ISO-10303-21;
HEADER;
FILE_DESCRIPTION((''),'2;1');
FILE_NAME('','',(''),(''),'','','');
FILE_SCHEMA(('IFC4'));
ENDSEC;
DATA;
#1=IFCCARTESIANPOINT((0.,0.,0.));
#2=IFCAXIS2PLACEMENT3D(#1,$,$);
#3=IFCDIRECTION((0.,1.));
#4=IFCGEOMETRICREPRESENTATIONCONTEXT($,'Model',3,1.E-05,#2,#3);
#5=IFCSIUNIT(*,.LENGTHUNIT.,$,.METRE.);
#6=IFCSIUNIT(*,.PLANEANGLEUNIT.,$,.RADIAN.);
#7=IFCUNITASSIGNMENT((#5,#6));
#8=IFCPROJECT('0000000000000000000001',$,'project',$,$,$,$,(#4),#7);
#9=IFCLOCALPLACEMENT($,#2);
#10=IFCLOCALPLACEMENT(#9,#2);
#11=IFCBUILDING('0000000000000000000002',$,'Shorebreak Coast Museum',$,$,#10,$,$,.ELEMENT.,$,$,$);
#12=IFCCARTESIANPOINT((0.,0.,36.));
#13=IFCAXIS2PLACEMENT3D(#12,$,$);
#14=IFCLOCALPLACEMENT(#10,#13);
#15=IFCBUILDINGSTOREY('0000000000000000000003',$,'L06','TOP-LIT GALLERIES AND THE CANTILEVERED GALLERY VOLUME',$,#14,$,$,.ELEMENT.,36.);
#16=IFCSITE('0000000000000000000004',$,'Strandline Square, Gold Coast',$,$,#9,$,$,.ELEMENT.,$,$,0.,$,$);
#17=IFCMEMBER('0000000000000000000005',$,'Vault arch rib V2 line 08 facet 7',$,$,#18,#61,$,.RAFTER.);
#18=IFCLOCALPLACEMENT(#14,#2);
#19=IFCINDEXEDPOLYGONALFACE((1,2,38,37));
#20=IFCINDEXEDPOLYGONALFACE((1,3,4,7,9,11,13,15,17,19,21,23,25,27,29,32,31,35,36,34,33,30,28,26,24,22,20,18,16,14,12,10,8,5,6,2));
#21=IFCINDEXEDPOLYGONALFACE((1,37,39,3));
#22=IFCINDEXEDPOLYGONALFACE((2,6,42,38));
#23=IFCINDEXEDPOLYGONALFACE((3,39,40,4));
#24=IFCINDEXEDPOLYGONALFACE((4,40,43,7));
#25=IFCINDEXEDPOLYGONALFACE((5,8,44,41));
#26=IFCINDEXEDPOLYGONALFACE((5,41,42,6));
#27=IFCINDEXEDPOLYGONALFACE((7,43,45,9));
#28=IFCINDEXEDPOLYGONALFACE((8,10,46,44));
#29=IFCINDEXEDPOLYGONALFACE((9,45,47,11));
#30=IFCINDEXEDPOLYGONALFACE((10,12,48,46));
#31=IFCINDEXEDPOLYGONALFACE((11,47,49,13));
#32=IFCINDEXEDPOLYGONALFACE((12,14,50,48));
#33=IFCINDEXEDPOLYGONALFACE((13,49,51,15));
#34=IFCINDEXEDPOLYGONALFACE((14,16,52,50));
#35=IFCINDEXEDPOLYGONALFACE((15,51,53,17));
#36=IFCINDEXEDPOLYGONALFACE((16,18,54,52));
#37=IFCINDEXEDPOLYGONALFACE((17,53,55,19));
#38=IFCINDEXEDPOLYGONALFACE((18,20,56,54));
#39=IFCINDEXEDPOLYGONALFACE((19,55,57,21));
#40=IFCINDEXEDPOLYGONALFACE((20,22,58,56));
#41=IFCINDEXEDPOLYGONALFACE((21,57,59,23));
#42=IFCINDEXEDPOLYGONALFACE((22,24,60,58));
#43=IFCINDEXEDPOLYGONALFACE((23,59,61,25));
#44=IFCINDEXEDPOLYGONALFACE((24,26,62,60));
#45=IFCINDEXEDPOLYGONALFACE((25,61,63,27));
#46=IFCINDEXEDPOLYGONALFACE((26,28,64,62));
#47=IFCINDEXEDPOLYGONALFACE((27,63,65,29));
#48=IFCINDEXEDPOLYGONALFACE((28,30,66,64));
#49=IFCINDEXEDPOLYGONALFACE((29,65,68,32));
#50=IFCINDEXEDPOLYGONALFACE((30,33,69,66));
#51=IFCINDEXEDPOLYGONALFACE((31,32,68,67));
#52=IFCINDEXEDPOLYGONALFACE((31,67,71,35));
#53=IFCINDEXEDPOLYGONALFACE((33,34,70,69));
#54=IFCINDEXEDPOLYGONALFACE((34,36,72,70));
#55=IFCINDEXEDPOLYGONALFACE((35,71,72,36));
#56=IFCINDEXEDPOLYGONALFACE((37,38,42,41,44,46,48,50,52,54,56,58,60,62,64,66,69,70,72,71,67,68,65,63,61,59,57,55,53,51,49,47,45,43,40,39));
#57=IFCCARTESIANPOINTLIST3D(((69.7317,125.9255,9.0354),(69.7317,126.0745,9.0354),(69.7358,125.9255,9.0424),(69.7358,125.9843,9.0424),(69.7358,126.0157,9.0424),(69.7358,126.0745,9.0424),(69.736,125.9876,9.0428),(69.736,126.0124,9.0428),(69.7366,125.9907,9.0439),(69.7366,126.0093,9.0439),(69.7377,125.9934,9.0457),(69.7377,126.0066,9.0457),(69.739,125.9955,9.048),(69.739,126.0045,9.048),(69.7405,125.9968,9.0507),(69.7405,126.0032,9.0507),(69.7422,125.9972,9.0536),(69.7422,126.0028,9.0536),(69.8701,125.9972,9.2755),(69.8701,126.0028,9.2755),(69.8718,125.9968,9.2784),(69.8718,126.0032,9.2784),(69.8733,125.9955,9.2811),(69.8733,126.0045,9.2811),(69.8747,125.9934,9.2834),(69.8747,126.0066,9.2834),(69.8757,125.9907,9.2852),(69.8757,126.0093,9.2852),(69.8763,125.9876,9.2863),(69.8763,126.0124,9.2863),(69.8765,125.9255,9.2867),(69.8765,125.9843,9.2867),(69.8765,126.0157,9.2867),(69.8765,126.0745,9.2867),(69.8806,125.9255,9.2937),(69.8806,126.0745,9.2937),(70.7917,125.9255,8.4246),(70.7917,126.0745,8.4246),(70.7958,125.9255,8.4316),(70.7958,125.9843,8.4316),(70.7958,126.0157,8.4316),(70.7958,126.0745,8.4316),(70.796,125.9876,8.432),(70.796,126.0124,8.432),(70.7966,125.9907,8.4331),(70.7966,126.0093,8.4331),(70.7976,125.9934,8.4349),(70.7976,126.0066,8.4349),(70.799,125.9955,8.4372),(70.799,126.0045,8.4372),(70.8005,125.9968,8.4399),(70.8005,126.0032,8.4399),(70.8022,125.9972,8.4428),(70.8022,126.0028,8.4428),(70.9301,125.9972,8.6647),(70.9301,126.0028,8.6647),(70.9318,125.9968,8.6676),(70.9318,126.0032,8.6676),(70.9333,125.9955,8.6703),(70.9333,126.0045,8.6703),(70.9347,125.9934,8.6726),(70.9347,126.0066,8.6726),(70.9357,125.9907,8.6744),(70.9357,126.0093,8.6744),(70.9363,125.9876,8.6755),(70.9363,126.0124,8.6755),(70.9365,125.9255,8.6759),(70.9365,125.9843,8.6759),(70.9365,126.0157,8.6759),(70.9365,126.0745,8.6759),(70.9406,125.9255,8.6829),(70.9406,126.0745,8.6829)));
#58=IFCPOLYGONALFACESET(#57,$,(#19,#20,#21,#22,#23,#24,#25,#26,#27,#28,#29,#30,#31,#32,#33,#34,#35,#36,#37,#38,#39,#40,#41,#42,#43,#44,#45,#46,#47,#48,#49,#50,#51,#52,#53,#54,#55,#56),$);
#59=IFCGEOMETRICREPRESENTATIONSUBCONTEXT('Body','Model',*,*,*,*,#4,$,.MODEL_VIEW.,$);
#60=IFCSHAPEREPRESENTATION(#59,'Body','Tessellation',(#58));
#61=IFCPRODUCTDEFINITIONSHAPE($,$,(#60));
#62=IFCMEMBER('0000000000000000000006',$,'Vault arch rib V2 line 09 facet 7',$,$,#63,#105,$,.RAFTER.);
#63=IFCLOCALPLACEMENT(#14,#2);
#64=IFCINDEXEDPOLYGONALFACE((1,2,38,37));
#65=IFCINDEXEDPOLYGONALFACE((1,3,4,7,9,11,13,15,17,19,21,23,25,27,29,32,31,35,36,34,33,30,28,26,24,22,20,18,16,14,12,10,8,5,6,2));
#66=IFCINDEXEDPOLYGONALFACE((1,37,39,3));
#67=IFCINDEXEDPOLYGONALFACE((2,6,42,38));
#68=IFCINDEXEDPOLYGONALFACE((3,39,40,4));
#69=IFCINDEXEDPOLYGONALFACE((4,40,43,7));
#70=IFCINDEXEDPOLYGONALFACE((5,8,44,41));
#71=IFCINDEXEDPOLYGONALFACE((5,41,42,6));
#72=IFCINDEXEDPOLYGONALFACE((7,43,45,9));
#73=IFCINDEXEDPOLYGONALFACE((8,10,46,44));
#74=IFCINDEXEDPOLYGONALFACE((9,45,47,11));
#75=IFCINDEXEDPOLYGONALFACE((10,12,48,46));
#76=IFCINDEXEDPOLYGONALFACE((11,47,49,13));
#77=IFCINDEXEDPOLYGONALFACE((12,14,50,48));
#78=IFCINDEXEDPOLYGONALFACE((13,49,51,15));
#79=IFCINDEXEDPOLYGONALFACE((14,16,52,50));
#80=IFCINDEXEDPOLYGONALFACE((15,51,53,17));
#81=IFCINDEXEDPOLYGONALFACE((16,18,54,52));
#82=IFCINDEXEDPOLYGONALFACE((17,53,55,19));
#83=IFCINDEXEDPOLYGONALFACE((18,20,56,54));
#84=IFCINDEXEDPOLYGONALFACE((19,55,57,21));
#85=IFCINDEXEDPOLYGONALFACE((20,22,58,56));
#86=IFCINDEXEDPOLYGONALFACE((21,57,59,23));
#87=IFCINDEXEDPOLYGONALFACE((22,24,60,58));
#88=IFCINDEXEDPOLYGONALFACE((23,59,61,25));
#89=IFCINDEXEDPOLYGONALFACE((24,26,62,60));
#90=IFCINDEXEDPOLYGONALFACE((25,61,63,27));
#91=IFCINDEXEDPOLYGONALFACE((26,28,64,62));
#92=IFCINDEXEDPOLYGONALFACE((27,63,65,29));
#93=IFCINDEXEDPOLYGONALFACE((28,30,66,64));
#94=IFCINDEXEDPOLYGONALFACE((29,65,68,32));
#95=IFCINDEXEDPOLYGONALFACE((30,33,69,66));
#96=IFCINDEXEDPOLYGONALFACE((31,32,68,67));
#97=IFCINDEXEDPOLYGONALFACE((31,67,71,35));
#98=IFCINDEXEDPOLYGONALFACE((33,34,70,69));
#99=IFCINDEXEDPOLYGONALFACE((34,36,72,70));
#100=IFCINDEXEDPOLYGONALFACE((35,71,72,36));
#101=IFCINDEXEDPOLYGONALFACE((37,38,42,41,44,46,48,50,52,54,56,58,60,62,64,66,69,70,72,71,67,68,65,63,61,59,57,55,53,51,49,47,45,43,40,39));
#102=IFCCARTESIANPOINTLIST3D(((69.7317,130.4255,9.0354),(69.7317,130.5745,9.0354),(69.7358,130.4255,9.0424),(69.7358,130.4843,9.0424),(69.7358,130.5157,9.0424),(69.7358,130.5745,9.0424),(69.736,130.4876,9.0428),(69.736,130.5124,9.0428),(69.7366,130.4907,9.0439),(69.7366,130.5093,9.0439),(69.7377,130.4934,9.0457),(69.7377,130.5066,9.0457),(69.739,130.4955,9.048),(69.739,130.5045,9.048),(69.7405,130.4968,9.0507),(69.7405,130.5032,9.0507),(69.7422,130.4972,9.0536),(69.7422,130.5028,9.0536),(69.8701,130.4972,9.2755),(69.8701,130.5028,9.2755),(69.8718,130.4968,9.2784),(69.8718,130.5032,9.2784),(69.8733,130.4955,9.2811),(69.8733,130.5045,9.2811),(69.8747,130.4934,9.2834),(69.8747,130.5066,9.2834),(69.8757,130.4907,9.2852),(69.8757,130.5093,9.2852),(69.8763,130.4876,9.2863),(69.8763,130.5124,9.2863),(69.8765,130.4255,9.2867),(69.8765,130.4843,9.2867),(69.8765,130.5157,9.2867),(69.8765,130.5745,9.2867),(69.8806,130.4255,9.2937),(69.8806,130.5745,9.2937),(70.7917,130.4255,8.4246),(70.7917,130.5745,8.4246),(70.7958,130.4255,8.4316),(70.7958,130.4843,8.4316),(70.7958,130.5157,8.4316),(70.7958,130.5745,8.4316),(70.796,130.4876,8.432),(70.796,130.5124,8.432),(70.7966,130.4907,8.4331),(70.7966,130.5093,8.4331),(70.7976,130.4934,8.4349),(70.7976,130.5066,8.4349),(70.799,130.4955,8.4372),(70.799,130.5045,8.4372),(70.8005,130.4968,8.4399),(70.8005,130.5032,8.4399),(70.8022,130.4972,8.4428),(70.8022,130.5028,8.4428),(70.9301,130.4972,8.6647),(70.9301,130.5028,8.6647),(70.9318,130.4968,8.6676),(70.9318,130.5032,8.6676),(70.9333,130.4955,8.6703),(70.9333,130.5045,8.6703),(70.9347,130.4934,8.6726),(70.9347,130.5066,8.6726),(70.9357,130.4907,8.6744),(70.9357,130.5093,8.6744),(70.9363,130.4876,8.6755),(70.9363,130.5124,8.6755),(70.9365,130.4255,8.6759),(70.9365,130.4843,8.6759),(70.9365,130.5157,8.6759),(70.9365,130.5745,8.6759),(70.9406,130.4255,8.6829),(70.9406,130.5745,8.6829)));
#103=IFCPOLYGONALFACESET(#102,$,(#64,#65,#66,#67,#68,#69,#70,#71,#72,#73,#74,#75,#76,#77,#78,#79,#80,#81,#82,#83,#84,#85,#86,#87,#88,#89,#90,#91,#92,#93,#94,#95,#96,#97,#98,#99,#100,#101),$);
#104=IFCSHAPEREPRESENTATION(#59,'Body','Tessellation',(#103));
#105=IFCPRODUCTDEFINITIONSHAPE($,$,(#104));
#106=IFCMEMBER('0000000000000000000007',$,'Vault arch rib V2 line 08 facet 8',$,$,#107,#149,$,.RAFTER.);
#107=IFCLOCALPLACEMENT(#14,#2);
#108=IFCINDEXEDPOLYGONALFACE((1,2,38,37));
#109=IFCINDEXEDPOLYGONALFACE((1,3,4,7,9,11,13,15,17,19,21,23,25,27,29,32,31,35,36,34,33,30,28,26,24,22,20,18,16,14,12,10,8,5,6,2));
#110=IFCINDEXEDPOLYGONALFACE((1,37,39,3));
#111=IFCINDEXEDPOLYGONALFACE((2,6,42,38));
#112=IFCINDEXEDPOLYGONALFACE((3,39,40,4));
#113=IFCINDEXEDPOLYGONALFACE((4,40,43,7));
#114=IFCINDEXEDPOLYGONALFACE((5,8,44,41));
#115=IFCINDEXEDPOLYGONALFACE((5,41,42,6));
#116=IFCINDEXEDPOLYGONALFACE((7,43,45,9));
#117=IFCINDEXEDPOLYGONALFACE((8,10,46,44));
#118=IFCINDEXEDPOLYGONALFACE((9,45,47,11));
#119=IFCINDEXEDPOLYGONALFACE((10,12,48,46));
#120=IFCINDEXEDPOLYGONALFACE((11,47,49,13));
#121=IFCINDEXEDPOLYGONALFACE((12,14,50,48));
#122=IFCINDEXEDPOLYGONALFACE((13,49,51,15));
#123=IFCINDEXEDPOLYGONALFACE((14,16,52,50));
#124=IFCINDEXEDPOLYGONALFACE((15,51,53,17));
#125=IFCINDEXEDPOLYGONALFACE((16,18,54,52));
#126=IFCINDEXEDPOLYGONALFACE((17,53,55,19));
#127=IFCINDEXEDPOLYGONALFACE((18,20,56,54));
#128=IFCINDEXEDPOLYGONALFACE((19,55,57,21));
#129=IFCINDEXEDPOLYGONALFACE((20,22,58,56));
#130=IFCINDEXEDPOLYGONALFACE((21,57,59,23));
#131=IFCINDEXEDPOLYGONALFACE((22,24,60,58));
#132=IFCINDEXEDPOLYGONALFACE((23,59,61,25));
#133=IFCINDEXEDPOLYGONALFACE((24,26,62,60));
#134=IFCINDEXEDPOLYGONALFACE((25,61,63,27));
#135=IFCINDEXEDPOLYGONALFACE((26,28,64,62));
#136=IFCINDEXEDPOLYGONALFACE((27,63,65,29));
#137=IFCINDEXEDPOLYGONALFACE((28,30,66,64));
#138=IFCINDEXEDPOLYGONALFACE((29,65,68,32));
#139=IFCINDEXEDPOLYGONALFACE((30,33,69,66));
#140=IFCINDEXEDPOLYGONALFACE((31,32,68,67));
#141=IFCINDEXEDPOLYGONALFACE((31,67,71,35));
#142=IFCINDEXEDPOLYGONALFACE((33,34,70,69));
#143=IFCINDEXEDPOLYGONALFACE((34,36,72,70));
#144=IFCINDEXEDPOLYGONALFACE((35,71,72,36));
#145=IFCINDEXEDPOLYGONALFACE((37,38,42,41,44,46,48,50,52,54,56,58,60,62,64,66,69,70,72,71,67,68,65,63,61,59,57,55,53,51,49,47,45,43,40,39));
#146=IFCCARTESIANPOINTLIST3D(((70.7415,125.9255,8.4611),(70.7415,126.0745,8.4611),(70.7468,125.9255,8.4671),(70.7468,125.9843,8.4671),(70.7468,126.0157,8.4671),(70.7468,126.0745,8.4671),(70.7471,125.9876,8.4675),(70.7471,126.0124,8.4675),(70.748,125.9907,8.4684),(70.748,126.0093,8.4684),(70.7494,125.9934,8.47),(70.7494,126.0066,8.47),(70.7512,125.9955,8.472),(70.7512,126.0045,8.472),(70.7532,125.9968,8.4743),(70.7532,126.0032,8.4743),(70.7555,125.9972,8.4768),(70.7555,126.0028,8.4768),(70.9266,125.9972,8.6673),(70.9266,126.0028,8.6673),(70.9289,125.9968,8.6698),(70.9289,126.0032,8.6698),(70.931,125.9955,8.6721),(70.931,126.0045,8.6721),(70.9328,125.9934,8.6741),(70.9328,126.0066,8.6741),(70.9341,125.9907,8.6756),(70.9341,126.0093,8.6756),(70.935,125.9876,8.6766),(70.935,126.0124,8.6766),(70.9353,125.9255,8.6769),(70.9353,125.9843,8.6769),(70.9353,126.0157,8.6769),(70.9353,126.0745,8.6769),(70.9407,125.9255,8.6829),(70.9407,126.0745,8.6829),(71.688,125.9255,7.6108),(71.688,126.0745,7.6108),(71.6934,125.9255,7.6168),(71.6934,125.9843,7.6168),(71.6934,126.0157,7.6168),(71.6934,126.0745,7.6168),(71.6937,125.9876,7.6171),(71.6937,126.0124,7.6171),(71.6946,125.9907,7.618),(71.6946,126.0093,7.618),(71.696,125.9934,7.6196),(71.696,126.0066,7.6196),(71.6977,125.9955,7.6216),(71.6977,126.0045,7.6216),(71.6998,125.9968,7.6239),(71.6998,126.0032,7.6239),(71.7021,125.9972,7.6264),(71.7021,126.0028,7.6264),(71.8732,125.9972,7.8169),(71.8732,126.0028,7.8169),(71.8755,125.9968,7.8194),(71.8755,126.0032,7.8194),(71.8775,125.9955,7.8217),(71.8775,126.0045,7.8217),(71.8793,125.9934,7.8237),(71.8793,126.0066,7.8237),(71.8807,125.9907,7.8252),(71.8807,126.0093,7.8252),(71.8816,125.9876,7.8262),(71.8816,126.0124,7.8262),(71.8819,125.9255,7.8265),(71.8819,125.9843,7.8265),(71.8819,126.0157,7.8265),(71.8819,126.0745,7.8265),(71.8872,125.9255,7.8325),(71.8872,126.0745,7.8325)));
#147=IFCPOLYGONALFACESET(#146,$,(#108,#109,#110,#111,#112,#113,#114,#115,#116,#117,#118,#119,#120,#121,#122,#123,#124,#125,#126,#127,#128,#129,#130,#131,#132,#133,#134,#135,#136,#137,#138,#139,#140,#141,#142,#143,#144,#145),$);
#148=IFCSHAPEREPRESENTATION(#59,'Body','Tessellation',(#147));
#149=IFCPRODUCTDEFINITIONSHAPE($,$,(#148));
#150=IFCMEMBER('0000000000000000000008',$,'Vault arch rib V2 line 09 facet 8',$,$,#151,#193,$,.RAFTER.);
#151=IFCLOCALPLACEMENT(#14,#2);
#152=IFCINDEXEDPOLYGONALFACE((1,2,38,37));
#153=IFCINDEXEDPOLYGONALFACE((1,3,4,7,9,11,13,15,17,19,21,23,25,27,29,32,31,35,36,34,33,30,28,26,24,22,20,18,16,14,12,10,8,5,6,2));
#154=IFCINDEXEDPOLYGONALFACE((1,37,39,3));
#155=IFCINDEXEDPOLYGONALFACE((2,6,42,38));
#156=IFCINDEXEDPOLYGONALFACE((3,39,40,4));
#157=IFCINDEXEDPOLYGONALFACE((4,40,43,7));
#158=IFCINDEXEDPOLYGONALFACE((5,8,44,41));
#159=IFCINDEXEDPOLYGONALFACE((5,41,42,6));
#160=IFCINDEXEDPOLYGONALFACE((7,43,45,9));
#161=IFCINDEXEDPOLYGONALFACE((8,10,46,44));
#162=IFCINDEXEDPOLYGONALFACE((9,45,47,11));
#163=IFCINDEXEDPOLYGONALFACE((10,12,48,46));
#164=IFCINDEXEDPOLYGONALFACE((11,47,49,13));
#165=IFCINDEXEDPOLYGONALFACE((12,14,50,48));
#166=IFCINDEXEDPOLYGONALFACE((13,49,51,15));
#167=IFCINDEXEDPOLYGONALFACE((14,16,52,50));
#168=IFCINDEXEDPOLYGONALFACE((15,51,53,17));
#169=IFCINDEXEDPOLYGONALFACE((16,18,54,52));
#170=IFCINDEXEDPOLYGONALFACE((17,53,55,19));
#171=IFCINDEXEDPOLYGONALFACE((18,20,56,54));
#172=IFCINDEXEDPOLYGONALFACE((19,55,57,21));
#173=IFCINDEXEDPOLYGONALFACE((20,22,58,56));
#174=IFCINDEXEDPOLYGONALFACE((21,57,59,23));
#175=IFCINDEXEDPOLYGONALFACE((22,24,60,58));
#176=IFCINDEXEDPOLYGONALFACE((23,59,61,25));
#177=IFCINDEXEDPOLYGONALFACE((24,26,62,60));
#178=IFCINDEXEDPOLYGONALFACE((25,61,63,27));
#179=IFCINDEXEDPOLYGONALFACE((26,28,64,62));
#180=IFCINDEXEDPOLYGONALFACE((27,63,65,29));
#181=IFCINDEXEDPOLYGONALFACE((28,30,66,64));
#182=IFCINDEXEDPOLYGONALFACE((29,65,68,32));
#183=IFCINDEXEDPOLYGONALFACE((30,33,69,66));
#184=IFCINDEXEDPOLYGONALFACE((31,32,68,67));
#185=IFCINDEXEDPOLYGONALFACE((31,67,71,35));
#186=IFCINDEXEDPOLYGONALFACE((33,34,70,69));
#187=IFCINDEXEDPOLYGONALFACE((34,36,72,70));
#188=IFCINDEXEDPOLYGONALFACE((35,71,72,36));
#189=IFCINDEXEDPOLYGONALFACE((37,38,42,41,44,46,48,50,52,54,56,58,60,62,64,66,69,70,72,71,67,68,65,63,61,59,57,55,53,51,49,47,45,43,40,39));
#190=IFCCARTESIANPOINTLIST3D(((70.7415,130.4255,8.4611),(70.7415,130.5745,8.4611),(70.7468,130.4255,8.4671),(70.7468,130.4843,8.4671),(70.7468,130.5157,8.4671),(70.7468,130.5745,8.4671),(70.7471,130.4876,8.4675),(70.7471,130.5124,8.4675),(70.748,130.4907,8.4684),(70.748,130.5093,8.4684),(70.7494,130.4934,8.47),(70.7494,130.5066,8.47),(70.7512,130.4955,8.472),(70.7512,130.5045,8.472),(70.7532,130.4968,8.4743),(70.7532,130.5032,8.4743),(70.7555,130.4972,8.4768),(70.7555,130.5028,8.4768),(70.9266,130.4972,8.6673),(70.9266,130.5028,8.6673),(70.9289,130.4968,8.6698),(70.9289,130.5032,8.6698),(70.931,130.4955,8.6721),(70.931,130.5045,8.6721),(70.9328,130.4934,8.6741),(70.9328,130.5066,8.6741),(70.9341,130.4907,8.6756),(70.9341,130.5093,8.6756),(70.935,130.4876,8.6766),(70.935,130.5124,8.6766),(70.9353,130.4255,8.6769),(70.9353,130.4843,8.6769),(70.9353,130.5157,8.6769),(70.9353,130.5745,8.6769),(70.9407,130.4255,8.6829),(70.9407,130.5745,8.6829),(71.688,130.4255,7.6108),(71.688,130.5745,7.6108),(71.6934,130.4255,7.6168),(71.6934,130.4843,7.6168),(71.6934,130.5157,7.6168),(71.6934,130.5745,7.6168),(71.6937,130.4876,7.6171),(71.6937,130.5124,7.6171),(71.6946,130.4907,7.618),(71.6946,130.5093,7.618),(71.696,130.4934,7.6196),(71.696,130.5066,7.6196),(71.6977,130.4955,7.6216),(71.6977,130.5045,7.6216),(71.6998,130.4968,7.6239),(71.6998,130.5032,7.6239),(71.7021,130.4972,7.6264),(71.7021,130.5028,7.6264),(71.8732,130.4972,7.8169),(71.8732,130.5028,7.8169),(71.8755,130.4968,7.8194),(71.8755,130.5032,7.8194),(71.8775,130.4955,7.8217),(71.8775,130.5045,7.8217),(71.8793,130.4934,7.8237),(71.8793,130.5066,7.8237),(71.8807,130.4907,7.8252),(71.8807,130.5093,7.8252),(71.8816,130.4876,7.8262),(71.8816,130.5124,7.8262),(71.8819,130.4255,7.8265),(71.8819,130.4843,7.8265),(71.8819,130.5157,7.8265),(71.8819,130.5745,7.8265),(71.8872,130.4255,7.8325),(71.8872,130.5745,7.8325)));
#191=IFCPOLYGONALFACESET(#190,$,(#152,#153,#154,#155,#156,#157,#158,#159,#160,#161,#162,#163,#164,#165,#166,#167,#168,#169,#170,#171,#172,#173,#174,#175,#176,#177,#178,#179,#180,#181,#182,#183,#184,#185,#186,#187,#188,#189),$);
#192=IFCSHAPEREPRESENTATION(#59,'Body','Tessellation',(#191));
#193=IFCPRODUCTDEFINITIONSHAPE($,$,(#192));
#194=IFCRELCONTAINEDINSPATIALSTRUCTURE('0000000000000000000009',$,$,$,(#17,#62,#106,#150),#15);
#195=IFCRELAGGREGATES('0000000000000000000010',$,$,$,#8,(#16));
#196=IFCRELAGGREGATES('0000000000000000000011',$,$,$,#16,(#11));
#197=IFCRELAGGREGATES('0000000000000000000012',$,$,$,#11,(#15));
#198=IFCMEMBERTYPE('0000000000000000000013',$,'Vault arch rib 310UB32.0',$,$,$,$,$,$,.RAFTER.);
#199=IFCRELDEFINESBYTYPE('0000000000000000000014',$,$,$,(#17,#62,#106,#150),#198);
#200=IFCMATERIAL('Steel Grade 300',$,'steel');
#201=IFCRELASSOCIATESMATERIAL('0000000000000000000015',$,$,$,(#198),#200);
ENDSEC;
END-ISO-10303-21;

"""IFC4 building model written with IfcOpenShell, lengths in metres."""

from ifc_helpers import new_model, si_unit, direction, frame, origin, origin_2d, place, context, subcontext, project, spatial, i_section, extrude, material, material_profile, profile_set, type_object, element, save


model = new_model("IFC4")

# Units and contexts
model_context = context("Model", 3, precision=1e-05, world=origin(), true_north=direction((0.0, 1.0)))
body_context = subcontext(model_context, "Body", "Model", "MODEL_VIEW")
ifc_project = project(units=[si_unit("LENGTHUNIT", "METRE"), si_unit("PLANEANGLEUNIT", "RADIAN")], contexts=[model_context])

# Site, building, storey
site_placement = place(None, origin())
site = spatial("IfcSite", under=ifc_project, at=site_placement, Name="Strandline Square, Gold Coast", CompositionType="ELEMENT", RefElevation=0.0)
building_placement = place(site_placement, origin())
building = spatial("IfcBuilding", under=site, at=building_placement, Name="Shorebreak Coast Museum", CompositionType="ELEMENT")
storey_placement = place(building_placement, frame((0.0, 0.0, 36.0)))
storey = spatial("IfcBuildingStorey", under=building, at=storey_placement, Name="L06", Description="TOP-LIT GALLERIES AND THE CANTILEVERED GALLERY VOLUME", CompositionType="ELEMENT", Elevation=36.0)

# Members
ifc_material_1 = material(Name="Steel Grade 300", Category="steel")
ifc_material_profile_1 = material_profile(ifc_material_1, i_section(OverallWidth=0.1489, OverallDepth=0.2981, WebThickness=0.0056, FlangeThickness=0.0081, FilletRadius=0.0129, at=origin_2d()), Name="310UB32.0")
ifc_profile_set_1 = profile_set([ifc_material_profile_1], Name="Steel Grade 300")
member_type_1 = type_object("IfcMemberType", Name="Vault arch rib 310UB32.0", PredefinedType="RAFTER", material=ifc_profile_set_1)
for number, where, z_axis, x_axis, name in (
    (1, (69.8062, 126.0, 9.1646), (0.866445, 0.0, -0.499273), (0.0, 1.0, 0.0), "Vault arch rib V2 line 08 facet 7"),
    (2, (69.8062, 130.5, 9.1646), (0.866445, 0.0, -0.499273), (0.0, 1.0, 0.0), "Vault arch rib V2 line 09 facet 7"),
):
    element("IfcMember", number, at=place(storey_placement, frame(where, z_axis=z_axis, x_axis=x_axis)), inside=storey, type_object=member_type_1, Name=name, PredefinedType="RAFTER", context=body_context, shape_type="SweptSolid", body=[
        extrude(i_section(OverallWidth=0.1489, OverallDepth=0.2981, WebThickness=0.0056, FlangeThickness=0.0081, FilletRadius=0.0129, at=origin_2d()), origin(), (0.0, 0.0, 1.0), 1.2234),
    ])
for number, where, z_axis, x_axis, name in (
    (3, (70.8411, 126.0, 8.572), (0.743895, 0.0, -0.668297), (0.0, 1.0, 0.0), "Vault arch rib V2 line 08 facet 8"),
    (4, (70.8411, 130.5, 8.572), (0.743895, 0.0, -0.668297), (0.0, 1.0, 0.0), "Vault arch rib V2 line 09 facet 8"),
):
    element("IfcMember", number, at=place(storey_placement, frame(where, z_axis=z_axis, x_axis=x_axis)), inside=storey, type_object=member_type_1, Name=name, PredefinedType="RAFTER", context=body_context, shape_type="SweptSolid", body=[
        extrude(i_section(OverallWidth=0.1489, OverallDepth=0.2981, WebThickness=0.0056, FlangeThickness=0.0081, FilletRadius=0.0129, at=origin_2d()), origin(), (0.0, 0.0, 1.0), 1.2725),
    ])

save(model, "model.ifc")
